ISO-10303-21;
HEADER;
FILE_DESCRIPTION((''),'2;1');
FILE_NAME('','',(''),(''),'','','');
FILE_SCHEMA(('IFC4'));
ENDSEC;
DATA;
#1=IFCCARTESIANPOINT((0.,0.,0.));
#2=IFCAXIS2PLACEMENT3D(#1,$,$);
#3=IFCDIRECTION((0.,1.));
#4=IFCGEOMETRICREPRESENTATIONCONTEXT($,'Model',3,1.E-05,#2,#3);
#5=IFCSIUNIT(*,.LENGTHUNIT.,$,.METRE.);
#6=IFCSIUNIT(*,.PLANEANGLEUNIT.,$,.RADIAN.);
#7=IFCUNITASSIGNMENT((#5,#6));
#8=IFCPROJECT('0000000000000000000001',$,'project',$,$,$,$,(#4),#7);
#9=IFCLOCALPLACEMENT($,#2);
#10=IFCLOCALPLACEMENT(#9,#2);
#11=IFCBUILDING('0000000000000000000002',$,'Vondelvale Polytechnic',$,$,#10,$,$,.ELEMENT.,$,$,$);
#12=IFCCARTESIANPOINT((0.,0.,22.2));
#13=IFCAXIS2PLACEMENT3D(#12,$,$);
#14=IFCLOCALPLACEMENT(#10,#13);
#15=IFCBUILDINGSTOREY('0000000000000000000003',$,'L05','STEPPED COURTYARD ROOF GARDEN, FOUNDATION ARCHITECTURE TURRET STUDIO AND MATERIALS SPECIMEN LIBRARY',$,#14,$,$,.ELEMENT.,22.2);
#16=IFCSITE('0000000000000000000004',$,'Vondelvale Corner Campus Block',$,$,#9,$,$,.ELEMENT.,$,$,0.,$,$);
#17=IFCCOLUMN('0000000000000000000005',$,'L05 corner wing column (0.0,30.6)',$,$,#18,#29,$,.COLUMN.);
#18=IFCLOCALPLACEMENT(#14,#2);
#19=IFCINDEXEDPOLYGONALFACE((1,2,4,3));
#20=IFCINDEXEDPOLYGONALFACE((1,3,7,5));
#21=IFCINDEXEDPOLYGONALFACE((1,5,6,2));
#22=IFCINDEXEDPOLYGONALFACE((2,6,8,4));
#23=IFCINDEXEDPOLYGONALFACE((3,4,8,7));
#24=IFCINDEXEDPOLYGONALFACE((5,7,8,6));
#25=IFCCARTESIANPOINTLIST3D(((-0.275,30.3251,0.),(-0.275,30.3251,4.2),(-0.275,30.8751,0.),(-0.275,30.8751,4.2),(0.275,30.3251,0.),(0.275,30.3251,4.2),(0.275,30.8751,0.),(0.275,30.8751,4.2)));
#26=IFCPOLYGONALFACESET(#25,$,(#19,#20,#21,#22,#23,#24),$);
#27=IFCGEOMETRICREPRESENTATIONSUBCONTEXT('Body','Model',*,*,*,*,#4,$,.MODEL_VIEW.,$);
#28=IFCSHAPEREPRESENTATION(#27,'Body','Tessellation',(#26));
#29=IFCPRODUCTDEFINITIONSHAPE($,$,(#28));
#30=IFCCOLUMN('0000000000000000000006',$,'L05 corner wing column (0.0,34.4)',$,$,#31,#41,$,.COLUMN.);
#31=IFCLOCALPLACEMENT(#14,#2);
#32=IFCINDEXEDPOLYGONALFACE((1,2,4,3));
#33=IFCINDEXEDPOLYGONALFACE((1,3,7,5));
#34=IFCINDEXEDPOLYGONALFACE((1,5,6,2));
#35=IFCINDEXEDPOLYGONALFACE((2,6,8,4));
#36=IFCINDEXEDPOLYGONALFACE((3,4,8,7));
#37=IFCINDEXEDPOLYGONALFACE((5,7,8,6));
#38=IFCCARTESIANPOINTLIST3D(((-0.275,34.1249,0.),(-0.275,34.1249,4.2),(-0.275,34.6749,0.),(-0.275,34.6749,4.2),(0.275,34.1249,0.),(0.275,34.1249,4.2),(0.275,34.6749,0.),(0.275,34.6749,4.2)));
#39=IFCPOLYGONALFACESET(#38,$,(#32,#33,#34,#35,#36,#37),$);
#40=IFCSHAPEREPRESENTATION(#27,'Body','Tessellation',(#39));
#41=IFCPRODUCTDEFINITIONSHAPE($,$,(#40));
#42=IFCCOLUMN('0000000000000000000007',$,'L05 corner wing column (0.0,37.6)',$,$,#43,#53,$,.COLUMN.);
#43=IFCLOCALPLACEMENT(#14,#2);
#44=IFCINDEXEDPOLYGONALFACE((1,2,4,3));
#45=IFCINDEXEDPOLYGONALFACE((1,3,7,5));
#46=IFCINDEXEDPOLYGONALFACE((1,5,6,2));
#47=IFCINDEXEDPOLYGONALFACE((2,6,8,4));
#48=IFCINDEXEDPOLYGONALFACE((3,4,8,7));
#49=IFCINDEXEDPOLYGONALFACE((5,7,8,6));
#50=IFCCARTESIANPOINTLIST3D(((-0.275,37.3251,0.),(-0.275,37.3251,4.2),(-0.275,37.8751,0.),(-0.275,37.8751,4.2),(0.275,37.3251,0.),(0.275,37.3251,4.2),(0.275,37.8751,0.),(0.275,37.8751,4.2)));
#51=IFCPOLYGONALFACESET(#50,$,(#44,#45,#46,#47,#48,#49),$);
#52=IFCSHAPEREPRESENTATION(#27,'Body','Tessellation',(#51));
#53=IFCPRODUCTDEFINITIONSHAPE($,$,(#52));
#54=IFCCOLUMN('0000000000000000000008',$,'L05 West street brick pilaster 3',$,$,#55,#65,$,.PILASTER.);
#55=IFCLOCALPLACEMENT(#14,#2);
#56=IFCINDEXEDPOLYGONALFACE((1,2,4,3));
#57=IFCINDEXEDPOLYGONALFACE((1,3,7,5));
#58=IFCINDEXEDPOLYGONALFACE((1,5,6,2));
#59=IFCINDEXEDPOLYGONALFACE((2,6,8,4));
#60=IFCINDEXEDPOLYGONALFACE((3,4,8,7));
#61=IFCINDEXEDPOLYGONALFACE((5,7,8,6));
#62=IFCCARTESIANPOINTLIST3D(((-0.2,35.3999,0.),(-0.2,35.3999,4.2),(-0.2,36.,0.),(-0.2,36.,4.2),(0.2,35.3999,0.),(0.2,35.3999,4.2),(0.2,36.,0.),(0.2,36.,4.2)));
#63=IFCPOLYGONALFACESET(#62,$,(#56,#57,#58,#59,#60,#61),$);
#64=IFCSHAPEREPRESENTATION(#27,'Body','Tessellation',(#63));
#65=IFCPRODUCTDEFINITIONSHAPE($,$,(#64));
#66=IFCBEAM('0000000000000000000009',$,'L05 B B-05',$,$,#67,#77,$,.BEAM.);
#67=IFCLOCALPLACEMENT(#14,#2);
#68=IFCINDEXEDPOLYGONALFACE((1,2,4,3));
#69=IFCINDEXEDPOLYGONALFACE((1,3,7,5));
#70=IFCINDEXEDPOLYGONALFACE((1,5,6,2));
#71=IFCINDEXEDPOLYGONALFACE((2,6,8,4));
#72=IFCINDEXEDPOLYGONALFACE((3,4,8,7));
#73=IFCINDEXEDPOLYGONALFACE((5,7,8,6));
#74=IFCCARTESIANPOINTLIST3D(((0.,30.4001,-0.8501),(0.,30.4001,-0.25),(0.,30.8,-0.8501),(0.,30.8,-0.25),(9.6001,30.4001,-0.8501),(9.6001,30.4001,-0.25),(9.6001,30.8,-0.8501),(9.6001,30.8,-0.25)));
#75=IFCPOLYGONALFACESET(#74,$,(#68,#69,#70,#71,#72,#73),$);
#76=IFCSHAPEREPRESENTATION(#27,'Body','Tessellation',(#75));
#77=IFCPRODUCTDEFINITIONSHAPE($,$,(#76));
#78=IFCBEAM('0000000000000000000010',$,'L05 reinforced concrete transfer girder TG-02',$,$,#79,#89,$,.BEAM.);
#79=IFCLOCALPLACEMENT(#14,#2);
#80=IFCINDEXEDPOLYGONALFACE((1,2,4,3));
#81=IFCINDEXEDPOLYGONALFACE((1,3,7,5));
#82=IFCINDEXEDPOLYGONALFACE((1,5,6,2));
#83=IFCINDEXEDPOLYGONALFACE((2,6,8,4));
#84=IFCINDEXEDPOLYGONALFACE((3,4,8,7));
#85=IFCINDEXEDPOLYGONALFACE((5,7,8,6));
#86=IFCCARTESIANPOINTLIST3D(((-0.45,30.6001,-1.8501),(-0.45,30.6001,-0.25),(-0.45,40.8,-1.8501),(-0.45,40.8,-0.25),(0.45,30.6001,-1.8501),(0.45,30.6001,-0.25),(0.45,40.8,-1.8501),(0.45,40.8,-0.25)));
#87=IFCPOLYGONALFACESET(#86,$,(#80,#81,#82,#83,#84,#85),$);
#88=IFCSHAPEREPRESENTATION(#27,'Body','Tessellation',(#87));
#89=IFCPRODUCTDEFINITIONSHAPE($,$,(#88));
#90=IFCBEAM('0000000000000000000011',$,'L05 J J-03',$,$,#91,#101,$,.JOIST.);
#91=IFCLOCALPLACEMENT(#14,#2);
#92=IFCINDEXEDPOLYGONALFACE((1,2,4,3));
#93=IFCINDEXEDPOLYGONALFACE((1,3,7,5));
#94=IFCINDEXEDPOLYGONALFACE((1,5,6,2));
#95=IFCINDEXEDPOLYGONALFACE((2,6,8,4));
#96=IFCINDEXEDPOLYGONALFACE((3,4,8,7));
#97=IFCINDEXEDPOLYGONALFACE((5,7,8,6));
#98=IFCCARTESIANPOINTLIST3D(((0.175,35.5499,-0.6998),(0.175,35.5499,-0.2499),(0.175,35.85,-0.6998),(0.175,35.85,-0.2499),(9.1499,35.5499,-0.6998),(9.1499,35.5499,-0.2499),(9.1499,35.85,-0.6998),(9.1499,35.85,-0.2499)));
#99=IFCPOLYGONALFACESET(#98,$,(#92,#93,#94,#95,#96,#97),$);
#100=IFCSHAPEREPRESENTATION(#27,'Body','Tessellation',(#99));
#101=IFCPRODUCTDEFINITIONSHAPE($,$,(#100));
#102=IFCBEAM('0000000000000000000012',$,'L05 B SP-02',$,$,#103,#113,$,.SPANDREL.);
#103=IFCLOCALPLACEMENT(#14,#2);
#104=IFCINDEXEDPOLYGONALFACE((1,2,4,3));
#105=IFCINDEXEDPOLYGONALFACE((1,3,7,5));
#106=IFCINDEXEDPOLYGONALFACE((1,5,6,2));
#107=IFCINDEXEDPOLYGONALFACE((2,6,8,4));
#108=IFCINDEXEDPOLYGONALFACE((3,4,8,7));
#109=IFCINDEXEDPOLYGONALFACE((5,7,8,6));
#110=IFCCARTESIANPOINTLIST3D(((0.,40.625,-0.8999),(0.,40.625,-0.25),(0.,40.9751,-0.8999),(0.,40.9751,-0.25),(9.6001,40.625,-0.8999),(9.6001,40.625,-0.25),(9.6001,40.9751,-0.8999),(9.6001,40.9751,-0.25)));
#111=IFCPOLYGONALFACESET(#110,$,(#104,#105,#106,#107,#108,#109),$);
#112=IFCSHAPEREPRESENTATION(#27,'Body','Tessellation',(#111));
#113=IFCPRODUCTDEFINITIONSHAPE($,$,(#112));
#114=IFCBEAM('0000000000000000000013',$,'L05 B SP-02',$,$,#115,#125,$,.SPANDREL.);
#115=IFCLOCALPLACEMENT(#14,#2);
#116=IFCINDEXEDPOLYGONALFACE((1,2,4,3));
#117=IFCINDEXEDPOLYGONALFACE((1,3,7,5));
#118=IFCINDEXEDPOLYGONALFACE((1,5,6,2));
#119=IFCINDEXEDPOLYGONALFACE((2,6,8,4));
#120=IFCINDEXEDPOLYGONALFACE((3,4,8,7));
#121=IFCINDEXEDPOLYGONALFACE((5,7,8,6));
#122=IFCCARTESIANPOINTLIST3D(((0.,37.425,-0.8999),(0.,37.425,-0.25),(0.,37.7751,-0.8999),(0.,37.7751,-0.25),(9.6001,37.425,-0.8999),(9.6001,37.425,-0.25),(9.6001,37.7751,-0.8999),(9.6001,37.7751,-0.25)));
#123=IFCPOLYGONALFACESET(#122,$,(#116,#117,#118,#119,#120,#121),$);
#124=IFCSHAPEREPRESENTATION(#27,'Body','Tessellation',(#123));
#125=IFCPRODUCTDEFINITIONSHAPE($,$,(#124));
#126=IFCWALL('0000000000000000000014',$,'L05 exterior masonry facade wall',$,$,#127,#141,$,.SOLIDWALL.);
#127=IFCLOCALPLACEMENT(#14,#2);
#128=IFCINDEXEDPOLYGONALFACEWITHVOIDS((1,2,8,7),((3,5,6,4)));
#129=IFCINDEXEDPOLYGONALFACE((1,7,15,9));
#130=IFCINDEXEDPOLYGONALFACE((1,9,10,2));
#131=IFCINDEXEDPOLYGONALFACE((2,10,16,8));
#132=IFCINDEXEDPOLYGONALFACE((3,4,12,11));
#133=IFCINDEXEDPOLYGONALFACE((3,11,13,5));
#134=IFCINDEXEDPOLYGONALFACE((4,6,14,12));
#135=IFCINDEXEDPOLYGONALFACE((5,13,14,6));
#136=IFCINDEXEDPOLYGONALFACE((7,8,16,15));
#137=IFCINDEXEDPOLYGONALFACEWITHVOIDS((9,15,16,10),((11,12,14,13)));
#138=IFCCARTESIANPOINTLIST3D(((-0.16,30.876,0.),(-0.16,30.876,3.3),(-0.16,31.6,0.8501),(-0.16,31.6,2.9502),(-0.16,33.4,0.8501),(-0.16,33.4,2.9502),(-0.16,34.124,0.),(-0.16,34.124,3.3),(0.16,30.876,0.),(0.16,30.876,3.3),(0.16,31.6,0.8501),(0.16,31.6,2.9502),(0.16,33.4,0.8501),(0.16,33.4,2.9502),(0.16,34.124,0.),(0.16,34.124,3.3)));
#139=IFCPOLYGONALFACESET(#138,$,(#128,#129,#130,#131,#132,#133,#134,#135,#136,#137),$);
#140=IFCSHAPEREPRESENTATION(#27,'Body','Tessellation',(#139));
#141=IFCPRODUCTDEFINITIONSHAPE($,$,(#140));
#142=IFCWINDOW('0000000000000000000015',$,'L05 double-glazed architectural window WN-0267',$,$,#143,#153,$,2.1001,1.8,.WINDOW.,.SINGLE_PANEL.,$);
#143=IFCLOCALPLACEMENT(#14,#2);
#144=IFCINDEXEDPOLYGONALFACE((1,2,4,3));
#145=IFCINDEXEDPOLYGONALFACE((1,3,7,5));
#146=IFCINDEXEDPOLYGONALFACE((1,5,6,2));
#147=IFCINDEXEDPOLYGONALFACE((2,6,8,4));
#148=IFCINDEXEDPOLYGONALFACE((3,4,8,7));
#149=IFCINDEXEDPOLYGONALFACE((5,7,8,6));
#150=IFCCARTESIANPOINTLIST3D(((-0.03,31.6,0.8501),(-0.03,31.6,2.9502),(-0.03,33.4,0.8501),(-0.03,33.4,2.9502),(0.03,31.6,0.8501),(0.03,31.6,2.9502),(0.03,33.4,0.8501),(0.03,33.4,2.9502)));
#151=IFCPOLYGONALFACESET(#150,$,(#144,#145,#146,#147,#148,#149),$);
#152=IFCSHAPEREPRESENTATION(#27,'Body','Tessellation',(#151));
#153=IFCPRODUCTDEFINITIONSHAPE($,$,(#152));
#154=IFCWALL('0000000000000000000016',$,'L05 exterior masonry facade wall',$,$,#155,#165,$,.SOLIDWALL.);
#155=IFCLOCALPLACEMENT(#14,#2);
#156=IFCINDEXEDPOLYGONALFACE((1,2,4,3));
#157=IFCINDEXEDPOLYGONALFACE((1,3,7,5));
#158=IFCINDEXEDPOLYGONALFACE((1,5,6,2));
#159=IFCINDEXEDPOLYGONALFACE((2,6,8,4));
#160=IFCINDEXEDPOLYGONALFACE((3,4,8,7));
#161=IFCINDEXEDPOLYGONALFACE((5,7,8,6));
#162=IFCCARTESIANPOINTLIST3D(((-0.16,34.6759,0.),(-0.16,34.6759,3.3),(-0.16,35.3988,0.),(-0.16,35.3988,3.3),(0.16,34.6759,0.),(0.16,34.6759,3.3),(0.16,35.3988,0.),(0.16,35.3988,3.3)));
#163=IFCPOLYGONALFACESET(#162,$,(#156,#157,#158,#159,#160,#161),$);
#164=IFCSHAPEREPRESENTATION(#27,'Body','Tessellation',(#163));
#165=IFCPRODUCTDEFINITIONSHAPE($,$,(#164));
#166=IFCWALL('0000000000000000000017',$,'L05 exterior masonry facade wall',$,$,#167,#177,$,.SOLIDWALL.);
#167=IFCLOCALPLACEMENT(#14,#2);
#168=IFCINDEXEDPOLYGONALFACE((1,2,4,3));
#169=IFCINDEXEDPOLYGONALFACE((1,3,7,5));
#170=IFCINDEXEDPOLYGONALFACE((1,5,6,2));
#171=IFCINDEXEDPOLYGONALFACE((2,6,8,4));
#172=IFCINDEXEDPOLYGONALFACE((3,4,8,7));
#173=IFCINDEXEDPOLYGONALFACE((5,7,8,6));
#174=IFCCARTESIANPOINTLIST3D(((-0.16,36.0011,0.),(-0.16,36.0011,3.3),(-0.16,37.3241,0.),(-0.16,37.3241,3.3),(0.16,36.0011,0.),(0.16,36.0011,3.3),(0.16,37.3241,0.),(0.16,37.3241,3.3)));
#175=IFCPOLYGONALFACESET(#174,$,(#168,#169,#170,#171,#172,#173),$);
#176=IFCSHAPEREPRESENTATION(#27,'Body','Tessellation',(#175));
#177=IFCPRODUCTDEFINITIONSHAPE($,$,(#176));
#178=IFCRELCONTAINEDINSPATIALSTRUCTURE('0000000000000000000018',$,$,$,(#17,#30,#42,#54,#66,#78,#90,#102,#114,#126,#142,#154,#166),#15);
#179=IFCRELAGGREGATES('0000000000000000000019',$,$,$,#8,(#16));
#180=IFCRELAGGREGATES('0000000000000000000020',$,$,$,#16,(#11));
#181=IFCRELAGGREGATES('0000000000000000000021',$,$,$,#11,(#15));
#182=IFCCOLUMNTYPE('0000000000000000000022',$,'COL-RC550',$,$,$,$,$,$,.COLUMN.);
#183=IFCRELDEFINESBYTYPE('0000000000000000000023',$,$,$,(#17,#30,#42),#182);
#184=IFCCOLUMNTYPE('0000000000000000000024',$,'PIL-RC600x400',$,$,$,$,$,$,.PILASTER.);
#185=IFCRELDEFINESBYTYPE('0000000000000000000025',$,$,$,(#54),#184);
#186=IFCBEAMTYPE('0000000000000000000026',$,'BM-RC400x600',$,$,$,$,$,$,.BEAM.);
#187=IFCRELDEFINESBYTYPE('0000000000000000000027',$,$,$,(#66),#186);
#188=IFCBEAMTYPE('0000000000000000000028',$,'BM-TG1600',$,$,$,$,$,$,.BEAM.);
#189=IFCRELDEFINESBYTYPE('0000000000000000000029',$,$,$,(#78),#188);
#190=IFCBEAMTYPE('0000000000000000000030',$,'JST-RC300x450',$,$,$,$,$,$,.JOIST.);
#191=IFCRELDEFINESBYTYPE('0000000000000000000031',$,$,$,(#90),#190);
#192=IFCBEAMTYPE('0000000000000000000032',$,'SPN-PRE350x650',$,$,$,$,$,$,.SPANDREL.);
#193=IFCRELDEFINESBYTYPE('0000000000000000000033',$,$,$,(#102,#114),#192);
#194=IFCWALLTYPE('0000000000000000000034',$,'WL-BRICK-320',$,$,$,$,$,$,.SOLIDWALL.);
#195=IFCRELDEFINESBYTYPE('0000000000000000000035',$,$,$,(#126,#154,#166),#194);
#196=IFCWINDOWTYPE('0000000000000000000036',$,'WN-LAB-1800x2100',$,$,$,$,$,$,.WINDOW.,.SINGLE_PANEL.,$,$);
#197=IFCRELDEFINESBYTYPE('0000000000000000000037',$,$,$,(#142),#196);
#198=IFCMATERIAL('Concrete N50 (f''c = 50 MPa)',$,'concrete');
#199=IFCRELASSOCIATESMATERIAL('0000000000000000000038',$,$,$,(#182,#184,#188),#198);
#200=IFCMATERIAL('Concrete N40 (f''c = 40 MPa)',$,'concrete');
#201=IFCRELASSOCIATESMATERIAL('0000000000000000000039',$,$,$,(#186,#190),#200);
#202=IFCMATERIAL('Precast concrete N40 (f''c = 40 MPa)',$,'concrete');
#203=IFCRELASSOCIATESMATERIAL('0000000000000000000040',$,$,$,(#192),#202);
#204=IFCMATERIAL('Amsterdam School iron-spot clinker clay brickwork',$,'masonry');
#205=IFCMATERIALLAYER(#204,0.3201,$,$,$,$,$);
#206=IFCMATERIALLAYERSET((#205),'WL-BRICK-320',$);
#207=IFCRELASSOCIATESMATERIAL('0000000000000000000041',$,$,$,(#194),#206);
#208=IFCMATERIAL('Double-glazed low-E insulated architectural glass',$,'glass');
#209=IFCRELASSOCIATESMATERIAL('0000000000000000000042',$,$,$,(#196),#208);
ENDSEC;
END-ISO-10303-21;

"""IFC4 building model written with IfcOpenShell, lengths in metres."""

from ifc_helpers import new_model, si_unit, direction, frame, frame_2d, origin, origin_2d, place, context, subcontext, project, spatial, rectangle, extrude, material, layer, layer_set, material_profile, profile_set, type_object, element, fill, save


model = new_model("IFC4")

# Units and contexts
model_context = context("Model", 3, precision=1e-05, world=origin(), true_north=direction((0.0, 1.0)))
body_context = subcontext(model_context, "Body", "Model", "MODEL_VIEW")
ifc_project = project(units=[si_unit("LENGTHUNIT", "METRE"), si_unit("PLANEANGLEUNIT", "RADIAN")], contexts=[model_context])

# Site, building, storey
site_placement = place(None, origin())
site = spatial("IfcSite", under=ifc_project, at=site_placement, Name="Vondelvale Corner Campus Block", CompositionType="ELEMENT", RefElevation=0.0)
building_placement = place(site_placement, origin())
building = spatial("IfcBuilding", under=site, at=building_placement, Name="Vondelvale Polytechnic", CompositionType="ELEMENT")
storey_placement = place(building_placement, frame((0.0, 0.0, 22.2)))
storey = spatial("IfcBuildingStorey", under=building, at=storey_placement, Name="L05", Description="STEPPED COURTYARD ROOF GARDEN, FOUNDATION ARCHITECTURE TURRET STUDIO AND MATERIALS SPECIMEN LIBRARY", CompositionType="ELEMENT", Elevation=22.2)

# Columns
ifc_material_1 = material(Name="Concrete N50 (f'c = 50 MPa)", Category="concrete")
ifc_material_profile_1 = material_profile(ifc_material_1, rectangle(XDim=0.55, YDim=0.55, at=origin_2d()), Name="RC-COL-550x550")
ifc_profile_set_1 = profile_set([ifc_material_profile_1], Name="Concrete N50 (f'c = 50 MPa)")
column_type_1 = type_object("IfcColumnType", Name="COL-RC550", PredefinedType="COLUMN", material=ifc_profile_set_1)
for number, where, z_axis, x_axis, name in (
    (1, (0.0, 30.6001, 0.0), (0.0, 0.0, 1.0), (1.0, 0.0, 0.0), "L05 corner wing column (0.0,30.6)"),
    (2, (0.0, 34.3999, 0.0), (0.0, 0.0, 1.0), (1.0, 0.0, 0.0), "L05 corner wing column (0.0,34.4)"),
    (3, (0.0, 37.6001, 0.0), (0.0, 0.0, 1.0), (1.0, 0.0, 0.0), "L05 corner wing column (0.0,37.6)"),
):
    element("IfcColumn", number, at=place(storey_placement, frame(where, z_axis=z_axis, x_axis=x_axis)), inside=storey, type_object=column_type_1, Name=name, PredefinedType="COLUMN", context=body_context, shape_type="SweptSolid", body=[
        extrude(rectangle(XDim=0.55, YDim=0.55, at=origin_2d()), origin(), (0.0, 0.0, 1.0), 4.2),
    ])
ifc_material_profile_2 = material_profile(ifc_material_1, rectangle(XDim=0.3999, YDim=0.6001, at=origin_2d()), Name="RC-PIL-600x400")
ifc_profile_set_2 = profile_set([ifc_material_profile_2], Name="Concrete N50 (f'c = 50 MPa)")
column_type_2 = type_object("IfcColumnType", Name="PIL-RC600x400", PredefinedType="PILASTER", material=ifc_profile_set_2)
column_placement = place(storey_placement, frame((0.0, 35.7, 0.0), z_axis=(0.0, 0.0, 1.0), x_axis=(1.0, 0.0, 0.0)))
element("IfcColumn", 4, at=column_placement, inside=storey, type_object=column_type_2, Name="L05 West street brick pilaster 3", PredefinedType="PILASTER", context=body_context, shape_type="SweptSolid", body=[
    extrude(rectangle(XDim=0.3999, YDim=0.6001, at=origin_2d()), origin(), (0.0, 0.0, 1.0), 4.2),
])

# Beams
ifc_material_2 = material(Name="Concrete N40 (f'c = 40 MPa)", Category="concrete")
ifc_material_profile_3 = material_profile(ifc_material_2, rectangle(XDim=0.3999, YDim=0.6001, at=origin_2d()), Name="RC-BM-400x600")
ifc_profile_set_3 = profile_set([ifc_material_profile_3], Name="Concrete N40 (f'c = 40 MPa)")
beam_type_1 = type_object("IfcBeamType", Name="BM-RC400x600", PredefinedType="BEAM", material=ifc_profile_set_3)
beam_1_placement = place(storey_placement, frame((0.0, 30.6001, -0.55), z_axis=(1.0, 0.0, 0.0), x_axis=(0.0, 1.0, 0.0)))
element("IfcBeam", 5, at=beam_1_placement, inside=storey, type_object=beam_type_1, Name="L05 B B-05", PredefinedType="BEAM", context=body_context, shape_type="SweptSolid", body=[
    extrude(rectangle(XDim=0.3999, YDim=0.6001, at=origin_2d()), origin(), (0.0, 0.0, 1.0), 9.6001),
])
ifc_material_profile_4 = material_profile(ifc_material_1, rectangle(XDim=0.8999, YDim=1.6001, at=origin_2d()), Name="RC-TG-900x1600")
ifc_profile_set_4 = profile_set([ifc_material_profile_4], Name="Concrete N50 (f'c = 50 MPa)")
beam_type_2 = type_object("IfcBeamType", Name="BM-TG1600", PredefinedType="BEAM", material=ifc_profile_set_4)
beam_2_placement = place(storey_placement, frame((0.0, 30.6001, -1.05), z_axis=(0.0, 1.0, 0.0), x_axis=(-1.0, 0.0, 0.0)))
element("IfcBeam", 6, at=beam_2_placement, inside=storey, type_object=beam_type_2, Name="L05 reinforced concrete transfer girder TG-02", PredefinedType="BEAM", context=body_context, shape_type="SweptSolid", body=[
    extrude(rectangle(XDim=0.8999, YDim=1.6001, at=origin_2d()), origin(), (0.0, 0.0, 1.0), 10.2),
])
ifc_material_profile_5 = material_profile(ifc_material_2, rectangle(XDim=0.3, YDim=0.45, at=origin_2d()), Name="RC-JST-300x450")
ifc_profile_set_5 = profile_set([ifc_material_profile_5], Name="Concrete N40 (f'c = 40 MPa)")
beam_type_3 = type_object("IfcBeamType", Name="JST-RC300x450", PredefinedType="JOIST", material=ifc_profile_set_5)
beam_3_placement = place(storey_placement, frame((0.175, 35.7, -0.4749), z_axis=(1.0, 0.0, 0.0), x_axis=(0.0, 1.0, 0.0)))
element("IfcBeam", 7, at=beam_3_placement, inside=storey, type_object=beam_type_3, Name="L05 J J-03", PredefinedType="JOIST", context=body_context, shape_type="SweptSolid", body=[
    extrude(rectangle(XDim=0.3, YDim=0.45, at=origin_2d()), origin(), (0.0, 0.0, 1.0), 8.9749),
])
ifc_material_3 = material(Name="Precast concrete N40 (f'c = 40 MPa)", Category="concrete")
ifc_material_profile_6 = material_profile(ifc_material_3, rectangle(XDim=0.3501, YDim=0.6499, at=origin_2d()), Name="RC-SPN-350x650")
ifc_profile_set_6 = profile_set([ifc_material_profile_6], Name="Precast concrete N40 (f'c = 40 MPa)")
beam_type_4 = type_object("IfcBeamType", Name="SPN-PRE350x650", PredefinedType="SPANDREL", material=ifc_profile_set_6)
for number, where, z_axis, x_axis, name in (
    (8, (0.0, 40.8, -0.575), (1.0, 0.0, 0.0), (0.0, 1.0, 0.0), "L05 B SP-02"),
    (9, (0.0, 37.6001, -0.575), (1.0, 0.0, 0.0), (0.0, 1.0, 0.0), "L05 B SP-02"),
):
    element("IfcBeam", number, at=place(storey_placement, frame(where, z_axis=z_axis, x_axis=x_axis)), inside=storey, type_object=beam_type_4, Name=name, PredefinedType="SPANDREL", context=body_context, shape_type="SweptSolid", body=[
        extrude(rectangle(XDim=0.3501, YDim=0.6499, at=origin_2d()), origin(), (0.0, 0.0, 1.0), 9.6001),
    ])

# Wall, opening, window
ifc_material_4 = material(Name="Amsterdam School iron-spot clinker clay brickwork", Category="masonry")
ifc_layer_1 = layer(ifc_material_4, 0.3201)
ifc_layer_set_1 = layer_set([ifc_layer_1], Name="WL-BRICK-320")
wall_type = type_object("IfcWallType", Name="WL-BRICK-320", PredefinedType="SOLIDWALL", material=ifc_layer_set_1)
wall_1_placement = place(storey_placement, frame((0.0, 30.876, 0.0), z_axis=(0.0, 0.0, 1.0), x_axis=(0.0, 1.0, 0.0)))
wall_1 = element("IfcWall", 10, at=wall_1_placement, inside=storey, type_object=wall_type, Name="L05 exterior masonry facade wall", PredefinedType="SOLIDWALL", context=body_context, shape_type="SweptSolid", body=[
    extrude(rectangle(XDim=3.248, YDim=0.3201, at=frame_2d((1.624, 0.0))), origin(), (0.0, 0.0, 1.0), 3.3),
])
opening_placement = place(wall_1_placement, frame((0.7241, 0.0, 0.8501)))
opening = element("IfcOpeningElement", 11, at=opening_placement, cuts=wall_1, PredefinedType="OPENING", context=body_context, shape_type="SweptSolid", body=[
    extrude(rectangle(XDim=1.8, YDim=2.1001, at=frame_2d((0.8999, 1.05))), frame((0.0, 0.1699, 0.0), z_axis=(0.0, -1.0, 0.0), x_axis=(1.0, 0.0, 0.0)), (0.0, 0.0, 1.0), 0.3401),
])
ifc_material_5 = material(Name="Double-glazed low-E insulated architectural glass", Category="glass")
window_type = type_object("IfcWindowType", Name="WN-LAB-1800x2100", PartitioningType="SINGLE_PANEL", PredefinedType="WINDOW", material=ifc_material_5)
window_placement = place(opening_placement, origin())
window = element("IfcWindow", 12, at=window_placement, inside=storey, type_object=window_type, Name="L05 double-glazed architectural window WN-0267", OverallHeight=2.1001, OverallWidth=1.8, PartitioningType="SINGLE_PANEL", PredefinedType="WINDOW", context=body_context, shape_type="SweptSolid", body=[
    extrude(rectangle(XDim=1.8, YDim=2.1001, at=frame_2d((0.8999, 1.05))), frame((0.0, 0.03, 0.0), z_axis=(0.0, -1.0, 0.0), x_axis=(1.0, 0.0, 0.0)), (0.0, 0.0, 1.0), 0.0601),
])
fill(opening, window)

# Walls
wall_2_placement = place(storey_placement, frame((0.0, 34.676, 0.0), z_axis=(0.0, 0.0, 1.0), x_axis=(0.0, 1.0, 0.0)))
element("IfcWall", 13, at=wall_2_placement, inside=storey, type_object=wall_type, Name="L05 exterior masonry facade wall", PredefinedType="SOLIDWALL", context=body_context, shape_type="SweptSolid", body=[
    extrude(rectangle(XDim=0.7229, YDim=0.3201, at=frame_2d((0.3613, 0.0))), origin(), (0.0, 0.0, 1.0), 3.3),
])
wall_3_placement = place(storey_placement, frame((0.0, 36.001, 0.0), z_axis=(0.0, 0.0, 1.0), x_axis=(0.0, 1.0, 0.0)))
element("IfcWall", 14, at=wall_3_placement, inside=storey, type_object=wall_type, Name="L05 exterior masonry facade wall", PredefinedType="SOLIDWALL", context=body_context, shape_type="SweptSolid", body=[
    extrude(rectangle(XDim=1.323, YDim=0.3201, at=frame_2d((0.6616, 0.0))), origin(), (0.0, 0.0, 1.0), 3.3),
])

save(model, "model.ifc")
